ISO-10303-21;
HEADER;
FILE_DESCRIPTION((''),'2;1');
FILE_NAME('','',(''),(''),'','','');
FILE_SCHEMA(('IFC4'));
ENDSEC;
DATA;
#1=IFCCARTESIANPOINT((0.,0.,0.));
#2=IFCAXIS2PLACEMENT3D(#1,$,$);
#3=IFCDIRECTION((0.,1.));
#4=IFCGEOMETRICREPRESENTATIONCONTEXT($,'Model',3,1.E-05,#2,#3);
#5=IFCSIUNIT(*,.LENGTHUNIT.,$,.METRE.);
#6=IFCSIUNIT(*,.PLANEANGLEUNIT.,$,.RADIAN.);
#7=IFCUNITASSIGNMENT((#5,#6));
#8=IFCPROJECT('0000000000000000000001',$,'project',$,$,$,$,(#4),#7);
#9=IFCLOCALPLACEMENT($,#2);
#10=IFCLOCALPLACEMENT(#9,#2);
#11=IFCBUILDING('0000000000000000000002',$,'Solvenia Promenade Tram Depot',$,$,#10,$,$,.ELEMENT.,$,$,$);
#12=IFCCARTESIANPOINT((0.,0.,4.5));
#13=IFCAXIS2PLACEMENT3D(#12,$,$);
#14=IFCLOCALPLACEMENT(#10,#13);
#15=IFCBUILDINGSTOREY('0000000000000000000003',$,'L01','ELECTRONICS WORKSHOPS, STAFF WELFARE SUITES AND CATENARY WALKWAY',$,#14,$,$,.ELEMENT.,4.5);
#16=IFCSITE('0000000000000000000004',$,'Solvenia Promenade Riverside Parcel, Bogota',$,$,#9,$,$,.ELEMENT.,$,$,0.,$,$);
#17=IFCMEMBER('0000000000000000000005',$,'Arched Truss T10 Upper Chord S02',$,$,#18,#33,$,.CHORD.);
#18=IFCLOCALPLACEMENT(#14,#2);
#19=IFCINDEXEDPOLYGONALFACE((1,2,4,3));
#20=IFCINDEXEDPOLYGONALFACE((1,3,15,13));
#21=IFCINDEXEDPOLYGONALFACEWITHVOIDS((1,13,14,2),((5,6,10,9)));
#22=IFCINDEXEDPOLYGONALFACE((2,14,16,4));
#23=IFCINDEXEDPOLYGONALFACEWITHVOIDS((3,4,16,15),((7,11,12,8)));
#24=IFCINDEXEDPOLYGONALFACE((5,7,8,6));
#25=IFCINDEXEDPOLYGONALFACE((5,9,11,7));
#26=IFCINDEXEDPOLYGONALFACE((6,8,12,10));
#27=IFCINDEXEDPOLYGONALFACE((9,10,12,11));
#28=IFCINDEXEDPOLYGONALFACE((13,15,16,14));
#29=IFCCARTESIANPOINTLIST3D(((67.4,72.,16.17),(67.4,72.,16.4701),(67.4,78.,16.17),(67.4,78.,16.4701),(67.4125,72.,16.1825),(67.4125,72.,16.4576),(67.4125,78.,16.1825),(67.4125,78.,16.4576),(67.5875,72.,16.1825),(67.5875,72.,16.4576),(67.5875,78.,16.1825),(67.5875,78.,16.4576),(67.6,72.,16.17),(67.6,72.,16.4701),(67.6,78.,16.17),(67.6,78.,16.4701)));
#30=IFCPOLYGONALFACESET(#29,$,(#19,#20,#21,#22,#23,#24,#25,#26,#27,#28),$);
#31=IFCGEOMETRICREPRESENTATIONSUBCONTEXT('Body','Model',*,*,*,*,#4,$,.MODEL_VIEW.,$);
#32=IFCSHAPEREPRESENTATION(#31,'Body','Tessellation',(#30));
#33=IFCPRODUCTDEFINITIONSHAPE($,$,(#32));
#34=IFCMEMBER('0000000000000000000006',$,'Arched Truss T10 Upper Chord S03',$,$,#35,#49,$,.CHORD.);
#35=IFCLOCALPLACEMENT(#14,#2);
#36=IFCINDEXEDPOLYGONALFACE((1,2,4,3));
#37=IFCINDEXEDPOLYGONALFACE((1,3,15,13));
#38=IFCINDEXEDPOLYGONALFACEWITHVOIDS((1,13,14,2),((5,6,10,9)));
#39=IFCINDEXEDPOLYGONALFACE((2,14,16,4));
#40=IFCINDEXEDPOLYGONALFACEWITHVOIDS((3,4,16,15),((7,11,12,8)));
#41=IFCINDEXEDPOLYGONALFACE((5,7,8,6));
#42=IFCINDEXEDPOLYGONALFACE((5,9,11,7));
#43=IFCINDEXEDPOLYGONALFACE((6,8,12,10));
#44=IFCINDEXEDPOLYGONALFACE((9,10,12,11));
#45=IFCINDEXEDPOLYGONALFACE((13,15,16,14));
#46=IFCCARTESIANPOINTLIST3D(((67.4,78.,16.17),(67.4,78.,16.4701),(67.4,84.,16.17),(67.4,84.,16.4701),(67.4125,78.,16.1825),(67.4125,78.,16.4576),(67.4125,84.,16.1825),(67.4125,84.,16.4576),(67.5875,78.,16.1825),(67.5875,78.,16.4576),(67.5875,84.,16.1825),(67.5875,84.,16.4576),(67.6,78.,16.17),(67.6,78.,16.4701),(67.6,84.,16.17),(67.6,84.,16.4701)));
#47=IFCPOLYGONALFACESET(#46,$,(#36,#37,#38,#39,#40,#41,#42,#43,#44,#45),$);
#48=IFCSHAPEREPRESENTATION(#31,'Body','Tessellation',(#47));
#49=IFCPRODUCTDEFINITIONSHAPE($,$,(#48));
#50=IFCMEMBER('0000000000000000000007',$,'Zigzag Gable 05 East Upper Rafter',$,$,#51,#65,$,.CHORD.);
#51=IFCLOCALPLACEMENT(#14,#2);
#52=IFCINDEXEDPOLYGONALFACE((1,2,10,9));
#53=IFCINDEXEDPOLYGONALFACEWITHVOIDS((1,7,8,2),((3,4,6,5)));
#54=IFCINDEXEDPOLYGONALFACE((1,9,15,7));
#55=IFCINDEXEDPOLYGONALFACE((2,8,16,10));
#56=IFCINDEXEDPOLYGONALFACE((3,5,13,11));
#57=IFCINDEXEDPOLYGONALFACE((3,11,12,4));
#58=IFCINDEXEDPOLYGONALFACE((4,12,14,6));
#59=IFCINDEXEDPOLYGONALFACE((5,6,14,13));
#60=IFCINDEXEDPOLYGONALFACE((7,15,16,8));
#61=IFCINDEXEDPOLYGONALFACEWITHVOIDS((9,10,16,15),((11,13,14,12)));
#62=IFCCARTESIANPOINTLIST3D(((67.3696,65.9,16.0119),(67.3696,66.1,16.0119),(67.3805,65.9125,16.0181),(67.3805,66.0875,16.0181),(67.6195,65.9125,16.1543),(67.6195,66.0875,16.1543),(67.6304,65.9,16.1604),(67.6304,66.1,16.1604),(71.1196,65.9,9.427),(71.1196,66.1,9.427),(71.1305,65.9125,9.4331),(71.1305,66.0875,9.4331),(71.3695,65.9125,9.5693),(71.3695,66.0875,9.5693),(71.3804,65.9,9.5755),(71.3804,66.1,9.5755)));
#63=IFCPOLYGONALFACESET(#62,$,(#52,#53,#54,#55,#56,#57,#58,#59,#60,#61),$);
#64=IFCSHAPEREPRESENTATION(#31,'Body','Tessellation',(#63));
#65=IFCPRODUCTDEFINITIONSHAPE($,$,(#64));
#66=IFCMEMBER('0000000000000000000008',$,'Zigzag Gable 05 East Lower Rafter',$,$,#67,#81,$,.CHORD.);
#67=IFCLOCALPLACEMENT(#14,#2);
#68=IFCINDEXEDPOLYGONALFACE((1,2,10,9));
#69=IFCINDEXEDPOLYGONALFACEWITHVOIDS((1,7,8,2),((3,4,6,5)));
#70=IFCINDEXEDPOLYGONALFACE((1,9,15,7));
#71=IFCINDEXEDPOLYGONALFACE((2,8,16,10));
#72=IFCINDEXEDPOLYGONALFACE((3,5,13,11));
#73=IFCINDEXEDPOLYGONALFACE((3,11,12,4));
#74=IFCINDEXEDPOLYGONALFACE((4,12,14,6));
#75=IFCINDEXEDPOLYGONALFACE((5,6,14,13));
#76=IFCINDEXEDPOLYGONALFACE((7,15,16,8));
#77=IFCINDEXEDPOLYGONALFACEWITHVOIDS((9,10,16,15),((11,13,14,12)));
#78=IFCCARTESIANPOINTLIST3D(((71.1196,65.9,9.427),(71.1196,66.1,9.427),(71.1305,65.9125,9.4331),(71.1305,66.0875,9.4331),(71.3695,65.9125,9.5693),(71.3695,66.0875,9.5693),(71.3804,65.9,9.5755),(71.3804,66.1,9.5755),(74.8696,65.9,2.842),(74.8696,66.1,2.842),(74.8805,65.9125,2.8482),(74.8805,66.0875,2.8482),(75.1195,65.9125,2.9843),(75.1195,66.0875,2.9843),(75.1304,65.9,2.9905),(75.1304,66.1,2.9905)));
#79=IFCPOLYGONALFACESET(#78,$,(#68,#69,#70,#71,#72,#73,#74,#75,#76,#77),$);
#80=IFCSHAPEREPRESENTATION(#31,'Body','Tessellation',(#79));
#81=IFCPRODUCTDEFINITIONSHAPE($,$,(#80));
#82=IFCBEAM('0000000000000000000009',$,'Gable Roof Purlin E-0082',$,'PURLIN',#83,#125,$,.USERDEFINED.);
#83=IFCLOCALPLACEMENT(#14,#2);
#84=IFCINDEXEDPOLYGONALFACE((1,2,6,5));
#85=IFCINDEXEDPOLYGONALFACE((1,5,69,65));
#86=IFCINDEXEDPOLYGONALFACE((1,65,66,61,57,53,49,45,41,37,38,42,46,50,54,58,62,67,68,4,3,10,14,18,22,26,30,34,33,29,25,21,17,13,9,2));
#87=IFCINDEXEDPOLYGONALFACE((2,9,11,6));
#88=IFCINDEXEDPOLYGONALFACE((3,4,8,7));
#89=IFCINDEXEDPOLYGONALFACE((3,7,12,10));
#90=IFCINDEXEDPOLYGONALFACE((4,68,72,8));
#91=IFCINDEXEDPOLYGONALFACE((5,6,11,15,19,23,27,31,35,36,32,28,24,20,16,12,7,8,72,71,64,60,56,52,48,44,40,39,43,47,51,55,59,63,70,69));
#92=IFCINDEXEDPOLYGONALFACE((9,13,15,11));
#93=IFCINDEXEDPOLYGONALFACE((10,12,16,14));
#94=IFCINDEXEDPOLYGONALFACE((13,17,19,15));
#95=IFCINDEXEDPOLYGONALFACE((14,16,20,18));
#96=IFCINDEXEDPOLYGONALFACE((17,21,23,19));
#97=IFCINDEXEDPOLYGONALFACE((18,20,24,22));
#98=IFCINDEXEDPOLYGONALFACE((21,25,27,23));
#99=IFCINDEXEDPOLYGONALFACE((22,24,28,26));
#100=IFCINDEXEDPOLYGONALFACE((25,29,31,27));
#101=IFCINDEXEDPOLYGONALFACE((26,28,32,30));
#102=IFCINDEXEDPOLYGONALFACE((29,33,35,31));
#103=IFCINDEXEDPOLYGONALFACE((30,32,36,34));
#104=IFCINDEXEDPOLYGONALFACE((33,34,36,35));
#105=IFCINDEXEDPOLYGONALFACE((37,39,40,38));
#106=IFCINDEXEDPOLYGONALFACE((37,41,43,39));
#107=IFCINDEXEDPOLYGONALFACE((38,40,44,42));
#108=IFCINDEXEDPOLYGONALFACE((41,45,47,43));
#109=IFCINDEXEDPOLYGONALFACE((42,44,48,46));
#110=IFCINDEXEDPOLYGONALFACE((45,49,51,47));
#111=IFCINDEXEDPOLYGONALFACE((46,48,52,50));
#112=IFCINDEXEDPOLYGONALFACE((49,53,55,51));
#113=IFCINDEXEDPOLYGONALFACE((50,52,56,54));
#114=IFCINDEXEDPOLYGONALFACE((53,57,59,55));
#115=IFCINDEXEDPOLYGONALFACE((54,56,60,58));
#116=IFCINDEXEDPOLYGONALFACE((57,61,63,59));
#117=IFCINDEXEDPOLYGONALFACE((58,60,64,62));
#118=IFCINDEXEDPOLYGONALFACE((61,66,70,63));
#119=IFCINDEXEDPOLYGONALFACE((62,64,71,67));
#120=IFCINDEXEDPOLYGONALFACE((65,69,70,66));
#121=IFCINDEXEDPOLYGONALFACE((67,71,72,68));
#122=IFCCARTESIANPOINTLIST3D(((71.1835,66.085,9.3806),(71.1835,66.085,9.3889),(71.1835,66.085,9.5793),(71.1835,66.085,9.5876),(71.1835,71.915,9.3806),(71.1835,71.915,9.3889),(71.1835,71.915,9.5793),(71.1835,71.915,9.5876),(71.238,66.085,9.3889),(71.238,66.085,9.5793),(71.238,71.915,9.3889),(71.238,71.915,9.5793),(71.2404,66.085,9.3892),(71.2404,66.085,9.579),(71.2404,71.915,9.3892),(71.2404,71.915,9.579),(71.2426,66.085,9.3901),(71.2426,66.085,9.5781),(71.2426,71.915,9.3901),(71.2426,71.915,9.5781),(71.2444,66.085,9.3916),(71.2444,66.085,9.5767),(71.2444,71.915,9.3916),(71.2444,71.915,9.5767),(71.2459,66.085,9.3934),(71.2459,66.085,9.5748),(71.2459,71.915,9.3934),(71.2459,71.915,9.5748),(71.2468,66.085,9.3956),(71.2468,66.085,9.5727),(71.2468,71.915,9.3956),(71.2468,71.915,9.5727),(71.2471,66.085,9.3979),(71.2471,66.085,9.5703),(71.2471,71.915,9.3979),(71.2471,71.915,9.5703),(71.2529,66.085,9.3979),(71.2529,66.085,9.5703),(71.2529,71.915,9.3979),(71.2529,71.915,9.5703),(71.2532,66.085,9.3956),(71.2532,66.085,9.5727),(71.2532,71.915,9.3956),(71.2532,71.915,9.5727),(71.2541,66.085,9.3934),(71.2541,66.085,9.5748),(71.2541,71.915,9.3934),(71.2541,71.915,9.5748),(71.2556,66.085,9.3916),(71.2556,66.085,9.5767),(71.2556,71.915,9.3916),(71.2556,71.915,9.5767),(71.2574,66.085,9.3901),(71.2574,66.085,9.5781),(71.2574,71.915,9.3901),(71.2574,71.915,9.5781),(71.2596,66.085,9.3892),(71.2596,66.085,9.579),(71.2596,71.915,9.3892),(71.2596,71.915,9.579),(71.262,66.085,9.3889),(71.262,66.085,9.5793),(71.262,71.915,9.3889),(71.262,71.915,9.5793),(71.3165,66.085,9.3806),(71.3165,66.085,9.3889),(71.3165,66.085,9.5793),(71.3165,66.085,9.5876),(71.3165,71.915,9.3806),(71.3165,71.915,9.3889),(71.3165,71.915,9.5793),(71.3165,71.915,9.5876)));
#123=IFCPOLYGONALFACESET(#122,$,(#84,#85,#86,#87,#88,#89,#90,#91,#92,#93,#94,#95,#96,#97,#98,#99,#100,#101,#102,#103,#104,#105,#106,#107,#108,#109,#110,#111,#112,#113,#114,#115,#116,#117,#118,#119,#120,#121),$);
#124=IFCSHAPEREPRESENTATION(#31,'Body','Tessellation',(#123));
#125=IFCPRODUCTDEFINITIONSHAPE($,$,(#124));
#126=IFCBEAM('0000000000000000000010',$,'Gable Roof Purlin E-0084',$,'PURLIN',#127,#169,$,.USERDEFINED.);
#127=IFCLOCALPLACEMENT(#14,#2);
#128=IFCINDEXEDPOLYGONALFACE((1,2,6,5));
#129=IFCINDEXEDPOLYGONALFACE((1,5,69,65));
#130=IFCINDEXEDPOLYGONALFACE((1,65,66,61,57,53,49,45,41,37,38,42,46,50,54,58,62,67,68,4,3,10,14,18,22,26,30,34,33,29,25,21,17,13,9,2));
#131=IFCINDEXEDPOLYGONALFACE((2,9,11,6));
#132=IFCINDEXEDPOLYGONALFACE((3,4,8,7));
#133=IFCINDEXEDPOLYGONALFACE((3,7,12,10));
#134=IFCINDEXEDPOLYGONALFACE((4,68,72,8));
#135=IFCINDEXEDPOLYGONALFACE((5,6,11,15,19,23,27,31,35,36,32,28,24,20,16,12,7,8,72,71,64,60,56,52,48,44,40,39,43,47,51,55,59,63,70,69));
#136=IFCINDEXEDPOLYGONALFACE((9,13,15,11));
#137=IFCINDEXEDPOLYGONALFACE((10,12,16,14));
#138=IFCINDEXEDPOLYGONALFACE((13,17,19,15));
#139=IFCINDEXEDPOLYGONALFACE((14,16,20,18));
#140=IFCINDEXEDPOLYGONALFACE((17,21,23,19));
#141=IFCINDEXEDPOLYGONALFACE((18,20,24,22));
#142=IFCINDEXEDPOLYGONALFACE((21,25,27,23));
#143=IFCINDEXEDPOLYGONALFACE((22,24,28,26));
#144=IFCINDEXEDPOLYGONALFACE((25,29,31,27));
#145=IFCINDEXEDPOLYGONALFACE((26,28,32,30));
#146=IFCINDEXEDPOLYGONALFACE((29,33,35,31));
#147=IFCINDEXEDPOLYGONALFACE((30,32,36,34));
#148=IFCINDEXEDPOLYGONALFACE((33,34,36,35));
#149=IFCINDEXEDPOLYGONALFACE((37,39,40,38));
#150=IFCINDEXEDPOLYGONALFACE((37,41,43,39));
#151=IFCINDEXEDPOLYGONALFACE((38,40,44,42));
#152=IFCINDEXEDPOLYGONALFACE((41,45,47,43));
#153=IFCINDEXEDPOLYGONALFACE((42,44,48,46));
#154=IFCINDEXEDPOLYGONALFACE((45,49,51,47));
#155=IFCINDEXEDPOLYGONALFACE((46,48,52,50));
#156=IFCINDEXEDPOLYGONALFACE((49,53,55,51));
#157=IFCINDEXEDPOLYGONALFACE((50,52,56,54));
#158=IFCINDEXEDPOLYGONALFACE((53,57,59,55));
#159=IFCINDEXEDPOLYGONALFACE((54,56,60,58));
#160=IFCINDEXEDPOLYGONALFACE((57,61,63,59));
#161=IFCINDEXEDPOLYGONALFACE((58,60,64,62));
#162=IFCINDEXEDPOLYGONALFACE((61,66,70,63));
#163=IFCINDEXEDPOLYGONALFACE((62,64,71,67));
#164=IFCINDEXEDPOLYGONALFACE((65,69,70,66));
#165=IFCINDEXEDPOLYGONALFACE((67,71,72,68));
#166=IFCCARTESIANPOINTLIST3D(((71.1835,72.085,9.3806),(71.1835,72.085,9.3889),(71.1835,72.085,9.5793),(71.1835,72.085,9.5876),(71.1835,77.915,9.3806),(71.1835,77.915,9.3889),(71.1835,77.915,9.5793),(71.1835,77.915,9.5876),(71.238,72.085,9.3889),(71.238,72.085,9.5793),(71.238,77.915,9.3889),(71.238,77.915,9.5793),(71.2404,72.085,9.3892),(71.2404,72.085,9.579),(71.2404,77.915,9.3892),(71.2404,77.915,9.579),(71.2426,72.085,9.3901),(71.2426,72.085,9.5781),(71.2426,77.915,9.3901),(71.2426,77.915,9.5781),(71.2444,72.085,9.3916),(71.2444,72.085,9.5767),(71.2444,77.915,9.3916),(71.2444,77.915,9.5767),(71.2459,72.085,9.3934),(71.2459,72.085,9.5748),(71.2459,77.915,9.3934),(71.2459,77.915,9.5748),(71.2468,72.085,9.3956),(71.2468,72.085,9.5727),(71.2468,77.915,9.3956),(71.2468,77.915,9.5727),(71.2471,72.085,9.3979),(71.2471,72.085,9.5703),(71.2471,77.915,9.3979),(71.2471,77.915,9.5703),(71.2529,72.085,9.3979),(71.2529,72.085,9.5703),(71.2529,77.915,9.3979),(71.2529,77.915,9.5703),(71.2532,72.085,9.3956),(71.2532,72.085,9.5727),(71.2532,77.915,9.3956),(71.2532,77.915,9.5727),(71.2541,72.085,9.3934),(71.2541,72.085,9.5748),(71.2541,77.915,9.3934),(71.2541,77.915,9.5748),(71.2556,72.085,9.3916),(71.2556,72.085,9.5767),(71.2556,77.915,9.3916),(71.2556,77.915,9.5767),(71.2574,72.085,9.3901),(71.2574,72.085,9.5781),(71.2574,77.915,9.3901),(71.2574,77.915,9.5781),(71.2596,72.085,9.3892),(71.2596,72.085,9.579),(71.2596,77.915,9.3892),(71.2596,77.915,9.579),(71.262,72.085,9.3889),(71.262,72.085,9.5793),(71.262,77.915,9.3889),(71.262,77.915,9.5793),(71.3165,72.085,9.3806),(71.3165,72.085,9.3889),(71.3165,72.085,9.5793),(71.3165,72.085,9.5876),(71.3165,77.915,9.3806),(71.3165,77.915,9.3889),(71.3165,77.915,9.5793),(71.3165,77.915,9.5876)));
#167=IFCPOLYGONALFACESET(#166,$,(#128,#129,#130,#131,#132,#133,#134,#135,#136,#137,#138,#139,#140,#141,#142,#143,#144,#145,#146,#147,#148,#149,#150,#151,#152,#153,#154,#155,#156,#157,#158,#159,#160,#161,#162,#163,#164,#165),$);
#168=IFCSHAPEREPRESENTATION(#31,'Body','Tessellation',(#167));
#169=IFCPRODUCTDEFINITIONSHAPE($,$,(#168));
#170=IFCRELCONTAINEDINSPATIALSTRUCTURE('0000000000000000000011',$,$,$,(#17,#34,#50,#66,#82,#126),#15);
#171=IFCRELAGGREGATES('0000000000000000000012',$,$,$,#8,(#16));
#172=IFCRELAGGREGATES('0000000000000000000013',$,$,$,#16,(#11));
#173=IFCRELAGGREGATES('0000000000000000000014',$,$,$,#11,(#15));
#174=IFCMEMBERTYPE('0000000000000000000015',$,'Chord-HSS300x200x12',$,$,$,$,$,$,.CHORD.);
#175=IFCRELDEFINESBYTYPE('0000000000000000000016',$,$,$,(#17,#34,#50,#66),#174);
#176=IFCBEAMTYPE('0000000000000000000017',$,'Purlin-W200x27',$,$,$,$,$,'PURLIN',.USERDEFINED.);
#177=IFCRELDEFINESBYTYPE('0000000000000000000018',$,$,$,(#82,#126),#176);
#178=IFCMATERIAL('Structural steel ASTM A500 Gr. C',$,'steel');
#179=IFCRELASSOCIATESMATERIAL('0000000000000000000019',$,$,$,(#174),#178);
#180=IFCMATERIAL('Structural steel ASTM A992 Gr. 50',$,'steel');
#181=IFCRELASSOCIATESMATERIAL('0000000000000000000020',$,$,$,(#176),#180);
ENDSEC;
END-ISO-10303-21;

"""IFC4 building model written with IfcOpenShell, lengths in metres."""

from ifc_helpers import new_model, si_unit, direction, frame, origin, origin_2d, place, context, subcontext, project, spatial, hollow_rectangle, i_section, extrude, material, material_profile, profile_set, type_object, element, save


model = new_model("IFC4")

# Units and contexts
model_context = context("Model", 3, precision=1e-05, world=origin(), true_north=direction((0.0, 1.0)))
body_context = subcontext(model_context, "Body", "Model", "MODEL_VIEW")
ifc_project = project(units=[si_unit("LENGTHUNIT", "METRE"), si_unit("PLANEANGLEUNIT", "RADIAN")], contexts=[model_context])

# Site, building, storey
site_placement = place(None, origin())
site = spatial("IfcSite", under=ifc_project, at=site_placement, Name="Solvenia Promenade Riverside Parcel, Bogota", CompositionType="ELEMENT", RefElevation=0.0)
building_placement = place(site_placement, origin())
building = spatial("IfcBuilding", under=site, at=building_placement, Name="Solvenia Promenade Tram Depot", CompositionType="ELEMENT")
storey_placement = place(building_placement, frame((0.0, 0.0, 4.5)))
storey = spatial("IfcBuildingStorey", under=building, at=storey_placement, Name="L01", Description="ELECTRONICS WORKSHOPS, STAFF WELFARE SUITES AND CATENARY WALKWAY", CompositionType="ELEMENT", Elevation=4.5)

# Members
ifc_material_1 = material(Name="Structural steel ASTM A500 Gr. C", Category="steel")
ifc_material_profile_1 = material_profile(ifc_material_1, hollow_rectangle(XDim=0.2, YDim=0.3, WallThickness=0.0125, at=origin_2d()), Name="HSS300x200x12.5", Category="steel")
ifc_profile_set_1 = profile_set([ifc_material_profile_1], Name="Structural steel ASTM A500 Gr. C")
member_type_1 = type_object("IfcMemberType", Name="Chord-HSS300x200x12", PredefinedType="CHORD", material=ifc_profile_set_1)
for number, where, z_axis, x_axis, name in (
    (1, (67.5, 72.0, 16.3201), (0.0, 1.0, 0.0), (-1.0, 0.0, 0.0), "Arched Truss T10 Upper Chord S02"),
    (2, (67.5, 78.0, 16.3201), (0.0, 1.0, 0.0), (-1.0, 0.0, 0.0), "Arched Truss T10 Upper Chord S03"),
):
    element("IfcMember", number, at=place(storey_placement, frame(where, z_axis=z_axis, x_axis=x_axis)), inside=storey, type_object=member_type_1, Name=name, PredefinedType="CHORD", context=body_context, shape_type="SweptSolid", body=[
        extrude(hollow_rectangle(XDim=0.2, YDim=0.3, WallThickness=0.0125, at=origin_2d()), origin(), (0.0, 0.0, 1.0), 6.0),
    ])
for number, where, z_axis, x_axis, name in (
    (3, (67.5, 66.0, 16.0862), (0.494862, 0.0, -0.868972), (0.0, 1.0, 0.0), "Zigzag Gable 05 East Upper Rafter"),
    (4, (71.25, 66.0, 9.5012), (0.494862, 0.0, -0.868972), (0.0, 1.0, 0.0), "Zigzag Gable 05 East Lower Rafter"),
):
    element("IfcMember", number, at=place(storey_placement, frame(where, z_axis=z_axis, x_axis=x_axis)), inside=storey, type_object=member_type_1, Name=name, PredefinedType="CHORD", context=body_context, shape_type="SweptSolid", body=[
        extrude(hollow_rectangle(XDim=0.2, YDim=0.3, WallThickness=0.0125, at=origin_2d()), origin(), (0.0, 0.0, 1.0), 7.5779),
    ])

# Beams
ifc_material_2 = material(Name="Structural steel ASTM A992 Gr. 50", Category="steel")
ifc_material_profile_2 = material_profile(ifc_material_2, i_section(OverallWidth=0.1331, OverallDepth=0.207, WebThickness=0.0059, FlangeThickness=0.0083, FilletRadius=0.009, at=origin_2d()), Name="W200x27", Category="steel")
ifc_profile_set_2 = profile_set([ifc_material_profile_2], Name="Structural steel ASTM A992 Gr. 50")
beam_type = type_object("IfcBeamType", Name="Purlin-W200x27", ElementType="PURLIN", PredefinedType="USERDEFINED", material=ifc_profile_set_2)
for number, where, z_axis, x_axis, name in (
    (5, (71.25, 66.085, 9.4841), (0.0, 1.0, 0.0), (-1.0, 0.0, 0.0), "Gable Roof Purlin E-0082"),
    (6, (71.25, 72.085, 9.4841), (0.0, 1.0, 0.0), (-1.0, 0.0, 0.0), "Gable Roof Purlin E-0084"),
):
    element("IfcBeam", number, at=place(storey_placement, frame(where, z_axis=z_axis, x_axis=x_axis)), inside=storey, type_object=beam_type, Name=name, ObjectType="PURLIN", PredefinedType="USERDEFINED", context=body_context, shape_type="SweptSolid", body=[
        extrude(i_section(OverallWidth=0.1331, OverallDepth=0.207, WebThickness=0.0059, FlangeThickness=0.0083, FilletRadius=0.009, at=origin_2d()), origin(), (0.0, 0.0, 1.0), 5.8301),
    ])

save(model, "model.ifc")
